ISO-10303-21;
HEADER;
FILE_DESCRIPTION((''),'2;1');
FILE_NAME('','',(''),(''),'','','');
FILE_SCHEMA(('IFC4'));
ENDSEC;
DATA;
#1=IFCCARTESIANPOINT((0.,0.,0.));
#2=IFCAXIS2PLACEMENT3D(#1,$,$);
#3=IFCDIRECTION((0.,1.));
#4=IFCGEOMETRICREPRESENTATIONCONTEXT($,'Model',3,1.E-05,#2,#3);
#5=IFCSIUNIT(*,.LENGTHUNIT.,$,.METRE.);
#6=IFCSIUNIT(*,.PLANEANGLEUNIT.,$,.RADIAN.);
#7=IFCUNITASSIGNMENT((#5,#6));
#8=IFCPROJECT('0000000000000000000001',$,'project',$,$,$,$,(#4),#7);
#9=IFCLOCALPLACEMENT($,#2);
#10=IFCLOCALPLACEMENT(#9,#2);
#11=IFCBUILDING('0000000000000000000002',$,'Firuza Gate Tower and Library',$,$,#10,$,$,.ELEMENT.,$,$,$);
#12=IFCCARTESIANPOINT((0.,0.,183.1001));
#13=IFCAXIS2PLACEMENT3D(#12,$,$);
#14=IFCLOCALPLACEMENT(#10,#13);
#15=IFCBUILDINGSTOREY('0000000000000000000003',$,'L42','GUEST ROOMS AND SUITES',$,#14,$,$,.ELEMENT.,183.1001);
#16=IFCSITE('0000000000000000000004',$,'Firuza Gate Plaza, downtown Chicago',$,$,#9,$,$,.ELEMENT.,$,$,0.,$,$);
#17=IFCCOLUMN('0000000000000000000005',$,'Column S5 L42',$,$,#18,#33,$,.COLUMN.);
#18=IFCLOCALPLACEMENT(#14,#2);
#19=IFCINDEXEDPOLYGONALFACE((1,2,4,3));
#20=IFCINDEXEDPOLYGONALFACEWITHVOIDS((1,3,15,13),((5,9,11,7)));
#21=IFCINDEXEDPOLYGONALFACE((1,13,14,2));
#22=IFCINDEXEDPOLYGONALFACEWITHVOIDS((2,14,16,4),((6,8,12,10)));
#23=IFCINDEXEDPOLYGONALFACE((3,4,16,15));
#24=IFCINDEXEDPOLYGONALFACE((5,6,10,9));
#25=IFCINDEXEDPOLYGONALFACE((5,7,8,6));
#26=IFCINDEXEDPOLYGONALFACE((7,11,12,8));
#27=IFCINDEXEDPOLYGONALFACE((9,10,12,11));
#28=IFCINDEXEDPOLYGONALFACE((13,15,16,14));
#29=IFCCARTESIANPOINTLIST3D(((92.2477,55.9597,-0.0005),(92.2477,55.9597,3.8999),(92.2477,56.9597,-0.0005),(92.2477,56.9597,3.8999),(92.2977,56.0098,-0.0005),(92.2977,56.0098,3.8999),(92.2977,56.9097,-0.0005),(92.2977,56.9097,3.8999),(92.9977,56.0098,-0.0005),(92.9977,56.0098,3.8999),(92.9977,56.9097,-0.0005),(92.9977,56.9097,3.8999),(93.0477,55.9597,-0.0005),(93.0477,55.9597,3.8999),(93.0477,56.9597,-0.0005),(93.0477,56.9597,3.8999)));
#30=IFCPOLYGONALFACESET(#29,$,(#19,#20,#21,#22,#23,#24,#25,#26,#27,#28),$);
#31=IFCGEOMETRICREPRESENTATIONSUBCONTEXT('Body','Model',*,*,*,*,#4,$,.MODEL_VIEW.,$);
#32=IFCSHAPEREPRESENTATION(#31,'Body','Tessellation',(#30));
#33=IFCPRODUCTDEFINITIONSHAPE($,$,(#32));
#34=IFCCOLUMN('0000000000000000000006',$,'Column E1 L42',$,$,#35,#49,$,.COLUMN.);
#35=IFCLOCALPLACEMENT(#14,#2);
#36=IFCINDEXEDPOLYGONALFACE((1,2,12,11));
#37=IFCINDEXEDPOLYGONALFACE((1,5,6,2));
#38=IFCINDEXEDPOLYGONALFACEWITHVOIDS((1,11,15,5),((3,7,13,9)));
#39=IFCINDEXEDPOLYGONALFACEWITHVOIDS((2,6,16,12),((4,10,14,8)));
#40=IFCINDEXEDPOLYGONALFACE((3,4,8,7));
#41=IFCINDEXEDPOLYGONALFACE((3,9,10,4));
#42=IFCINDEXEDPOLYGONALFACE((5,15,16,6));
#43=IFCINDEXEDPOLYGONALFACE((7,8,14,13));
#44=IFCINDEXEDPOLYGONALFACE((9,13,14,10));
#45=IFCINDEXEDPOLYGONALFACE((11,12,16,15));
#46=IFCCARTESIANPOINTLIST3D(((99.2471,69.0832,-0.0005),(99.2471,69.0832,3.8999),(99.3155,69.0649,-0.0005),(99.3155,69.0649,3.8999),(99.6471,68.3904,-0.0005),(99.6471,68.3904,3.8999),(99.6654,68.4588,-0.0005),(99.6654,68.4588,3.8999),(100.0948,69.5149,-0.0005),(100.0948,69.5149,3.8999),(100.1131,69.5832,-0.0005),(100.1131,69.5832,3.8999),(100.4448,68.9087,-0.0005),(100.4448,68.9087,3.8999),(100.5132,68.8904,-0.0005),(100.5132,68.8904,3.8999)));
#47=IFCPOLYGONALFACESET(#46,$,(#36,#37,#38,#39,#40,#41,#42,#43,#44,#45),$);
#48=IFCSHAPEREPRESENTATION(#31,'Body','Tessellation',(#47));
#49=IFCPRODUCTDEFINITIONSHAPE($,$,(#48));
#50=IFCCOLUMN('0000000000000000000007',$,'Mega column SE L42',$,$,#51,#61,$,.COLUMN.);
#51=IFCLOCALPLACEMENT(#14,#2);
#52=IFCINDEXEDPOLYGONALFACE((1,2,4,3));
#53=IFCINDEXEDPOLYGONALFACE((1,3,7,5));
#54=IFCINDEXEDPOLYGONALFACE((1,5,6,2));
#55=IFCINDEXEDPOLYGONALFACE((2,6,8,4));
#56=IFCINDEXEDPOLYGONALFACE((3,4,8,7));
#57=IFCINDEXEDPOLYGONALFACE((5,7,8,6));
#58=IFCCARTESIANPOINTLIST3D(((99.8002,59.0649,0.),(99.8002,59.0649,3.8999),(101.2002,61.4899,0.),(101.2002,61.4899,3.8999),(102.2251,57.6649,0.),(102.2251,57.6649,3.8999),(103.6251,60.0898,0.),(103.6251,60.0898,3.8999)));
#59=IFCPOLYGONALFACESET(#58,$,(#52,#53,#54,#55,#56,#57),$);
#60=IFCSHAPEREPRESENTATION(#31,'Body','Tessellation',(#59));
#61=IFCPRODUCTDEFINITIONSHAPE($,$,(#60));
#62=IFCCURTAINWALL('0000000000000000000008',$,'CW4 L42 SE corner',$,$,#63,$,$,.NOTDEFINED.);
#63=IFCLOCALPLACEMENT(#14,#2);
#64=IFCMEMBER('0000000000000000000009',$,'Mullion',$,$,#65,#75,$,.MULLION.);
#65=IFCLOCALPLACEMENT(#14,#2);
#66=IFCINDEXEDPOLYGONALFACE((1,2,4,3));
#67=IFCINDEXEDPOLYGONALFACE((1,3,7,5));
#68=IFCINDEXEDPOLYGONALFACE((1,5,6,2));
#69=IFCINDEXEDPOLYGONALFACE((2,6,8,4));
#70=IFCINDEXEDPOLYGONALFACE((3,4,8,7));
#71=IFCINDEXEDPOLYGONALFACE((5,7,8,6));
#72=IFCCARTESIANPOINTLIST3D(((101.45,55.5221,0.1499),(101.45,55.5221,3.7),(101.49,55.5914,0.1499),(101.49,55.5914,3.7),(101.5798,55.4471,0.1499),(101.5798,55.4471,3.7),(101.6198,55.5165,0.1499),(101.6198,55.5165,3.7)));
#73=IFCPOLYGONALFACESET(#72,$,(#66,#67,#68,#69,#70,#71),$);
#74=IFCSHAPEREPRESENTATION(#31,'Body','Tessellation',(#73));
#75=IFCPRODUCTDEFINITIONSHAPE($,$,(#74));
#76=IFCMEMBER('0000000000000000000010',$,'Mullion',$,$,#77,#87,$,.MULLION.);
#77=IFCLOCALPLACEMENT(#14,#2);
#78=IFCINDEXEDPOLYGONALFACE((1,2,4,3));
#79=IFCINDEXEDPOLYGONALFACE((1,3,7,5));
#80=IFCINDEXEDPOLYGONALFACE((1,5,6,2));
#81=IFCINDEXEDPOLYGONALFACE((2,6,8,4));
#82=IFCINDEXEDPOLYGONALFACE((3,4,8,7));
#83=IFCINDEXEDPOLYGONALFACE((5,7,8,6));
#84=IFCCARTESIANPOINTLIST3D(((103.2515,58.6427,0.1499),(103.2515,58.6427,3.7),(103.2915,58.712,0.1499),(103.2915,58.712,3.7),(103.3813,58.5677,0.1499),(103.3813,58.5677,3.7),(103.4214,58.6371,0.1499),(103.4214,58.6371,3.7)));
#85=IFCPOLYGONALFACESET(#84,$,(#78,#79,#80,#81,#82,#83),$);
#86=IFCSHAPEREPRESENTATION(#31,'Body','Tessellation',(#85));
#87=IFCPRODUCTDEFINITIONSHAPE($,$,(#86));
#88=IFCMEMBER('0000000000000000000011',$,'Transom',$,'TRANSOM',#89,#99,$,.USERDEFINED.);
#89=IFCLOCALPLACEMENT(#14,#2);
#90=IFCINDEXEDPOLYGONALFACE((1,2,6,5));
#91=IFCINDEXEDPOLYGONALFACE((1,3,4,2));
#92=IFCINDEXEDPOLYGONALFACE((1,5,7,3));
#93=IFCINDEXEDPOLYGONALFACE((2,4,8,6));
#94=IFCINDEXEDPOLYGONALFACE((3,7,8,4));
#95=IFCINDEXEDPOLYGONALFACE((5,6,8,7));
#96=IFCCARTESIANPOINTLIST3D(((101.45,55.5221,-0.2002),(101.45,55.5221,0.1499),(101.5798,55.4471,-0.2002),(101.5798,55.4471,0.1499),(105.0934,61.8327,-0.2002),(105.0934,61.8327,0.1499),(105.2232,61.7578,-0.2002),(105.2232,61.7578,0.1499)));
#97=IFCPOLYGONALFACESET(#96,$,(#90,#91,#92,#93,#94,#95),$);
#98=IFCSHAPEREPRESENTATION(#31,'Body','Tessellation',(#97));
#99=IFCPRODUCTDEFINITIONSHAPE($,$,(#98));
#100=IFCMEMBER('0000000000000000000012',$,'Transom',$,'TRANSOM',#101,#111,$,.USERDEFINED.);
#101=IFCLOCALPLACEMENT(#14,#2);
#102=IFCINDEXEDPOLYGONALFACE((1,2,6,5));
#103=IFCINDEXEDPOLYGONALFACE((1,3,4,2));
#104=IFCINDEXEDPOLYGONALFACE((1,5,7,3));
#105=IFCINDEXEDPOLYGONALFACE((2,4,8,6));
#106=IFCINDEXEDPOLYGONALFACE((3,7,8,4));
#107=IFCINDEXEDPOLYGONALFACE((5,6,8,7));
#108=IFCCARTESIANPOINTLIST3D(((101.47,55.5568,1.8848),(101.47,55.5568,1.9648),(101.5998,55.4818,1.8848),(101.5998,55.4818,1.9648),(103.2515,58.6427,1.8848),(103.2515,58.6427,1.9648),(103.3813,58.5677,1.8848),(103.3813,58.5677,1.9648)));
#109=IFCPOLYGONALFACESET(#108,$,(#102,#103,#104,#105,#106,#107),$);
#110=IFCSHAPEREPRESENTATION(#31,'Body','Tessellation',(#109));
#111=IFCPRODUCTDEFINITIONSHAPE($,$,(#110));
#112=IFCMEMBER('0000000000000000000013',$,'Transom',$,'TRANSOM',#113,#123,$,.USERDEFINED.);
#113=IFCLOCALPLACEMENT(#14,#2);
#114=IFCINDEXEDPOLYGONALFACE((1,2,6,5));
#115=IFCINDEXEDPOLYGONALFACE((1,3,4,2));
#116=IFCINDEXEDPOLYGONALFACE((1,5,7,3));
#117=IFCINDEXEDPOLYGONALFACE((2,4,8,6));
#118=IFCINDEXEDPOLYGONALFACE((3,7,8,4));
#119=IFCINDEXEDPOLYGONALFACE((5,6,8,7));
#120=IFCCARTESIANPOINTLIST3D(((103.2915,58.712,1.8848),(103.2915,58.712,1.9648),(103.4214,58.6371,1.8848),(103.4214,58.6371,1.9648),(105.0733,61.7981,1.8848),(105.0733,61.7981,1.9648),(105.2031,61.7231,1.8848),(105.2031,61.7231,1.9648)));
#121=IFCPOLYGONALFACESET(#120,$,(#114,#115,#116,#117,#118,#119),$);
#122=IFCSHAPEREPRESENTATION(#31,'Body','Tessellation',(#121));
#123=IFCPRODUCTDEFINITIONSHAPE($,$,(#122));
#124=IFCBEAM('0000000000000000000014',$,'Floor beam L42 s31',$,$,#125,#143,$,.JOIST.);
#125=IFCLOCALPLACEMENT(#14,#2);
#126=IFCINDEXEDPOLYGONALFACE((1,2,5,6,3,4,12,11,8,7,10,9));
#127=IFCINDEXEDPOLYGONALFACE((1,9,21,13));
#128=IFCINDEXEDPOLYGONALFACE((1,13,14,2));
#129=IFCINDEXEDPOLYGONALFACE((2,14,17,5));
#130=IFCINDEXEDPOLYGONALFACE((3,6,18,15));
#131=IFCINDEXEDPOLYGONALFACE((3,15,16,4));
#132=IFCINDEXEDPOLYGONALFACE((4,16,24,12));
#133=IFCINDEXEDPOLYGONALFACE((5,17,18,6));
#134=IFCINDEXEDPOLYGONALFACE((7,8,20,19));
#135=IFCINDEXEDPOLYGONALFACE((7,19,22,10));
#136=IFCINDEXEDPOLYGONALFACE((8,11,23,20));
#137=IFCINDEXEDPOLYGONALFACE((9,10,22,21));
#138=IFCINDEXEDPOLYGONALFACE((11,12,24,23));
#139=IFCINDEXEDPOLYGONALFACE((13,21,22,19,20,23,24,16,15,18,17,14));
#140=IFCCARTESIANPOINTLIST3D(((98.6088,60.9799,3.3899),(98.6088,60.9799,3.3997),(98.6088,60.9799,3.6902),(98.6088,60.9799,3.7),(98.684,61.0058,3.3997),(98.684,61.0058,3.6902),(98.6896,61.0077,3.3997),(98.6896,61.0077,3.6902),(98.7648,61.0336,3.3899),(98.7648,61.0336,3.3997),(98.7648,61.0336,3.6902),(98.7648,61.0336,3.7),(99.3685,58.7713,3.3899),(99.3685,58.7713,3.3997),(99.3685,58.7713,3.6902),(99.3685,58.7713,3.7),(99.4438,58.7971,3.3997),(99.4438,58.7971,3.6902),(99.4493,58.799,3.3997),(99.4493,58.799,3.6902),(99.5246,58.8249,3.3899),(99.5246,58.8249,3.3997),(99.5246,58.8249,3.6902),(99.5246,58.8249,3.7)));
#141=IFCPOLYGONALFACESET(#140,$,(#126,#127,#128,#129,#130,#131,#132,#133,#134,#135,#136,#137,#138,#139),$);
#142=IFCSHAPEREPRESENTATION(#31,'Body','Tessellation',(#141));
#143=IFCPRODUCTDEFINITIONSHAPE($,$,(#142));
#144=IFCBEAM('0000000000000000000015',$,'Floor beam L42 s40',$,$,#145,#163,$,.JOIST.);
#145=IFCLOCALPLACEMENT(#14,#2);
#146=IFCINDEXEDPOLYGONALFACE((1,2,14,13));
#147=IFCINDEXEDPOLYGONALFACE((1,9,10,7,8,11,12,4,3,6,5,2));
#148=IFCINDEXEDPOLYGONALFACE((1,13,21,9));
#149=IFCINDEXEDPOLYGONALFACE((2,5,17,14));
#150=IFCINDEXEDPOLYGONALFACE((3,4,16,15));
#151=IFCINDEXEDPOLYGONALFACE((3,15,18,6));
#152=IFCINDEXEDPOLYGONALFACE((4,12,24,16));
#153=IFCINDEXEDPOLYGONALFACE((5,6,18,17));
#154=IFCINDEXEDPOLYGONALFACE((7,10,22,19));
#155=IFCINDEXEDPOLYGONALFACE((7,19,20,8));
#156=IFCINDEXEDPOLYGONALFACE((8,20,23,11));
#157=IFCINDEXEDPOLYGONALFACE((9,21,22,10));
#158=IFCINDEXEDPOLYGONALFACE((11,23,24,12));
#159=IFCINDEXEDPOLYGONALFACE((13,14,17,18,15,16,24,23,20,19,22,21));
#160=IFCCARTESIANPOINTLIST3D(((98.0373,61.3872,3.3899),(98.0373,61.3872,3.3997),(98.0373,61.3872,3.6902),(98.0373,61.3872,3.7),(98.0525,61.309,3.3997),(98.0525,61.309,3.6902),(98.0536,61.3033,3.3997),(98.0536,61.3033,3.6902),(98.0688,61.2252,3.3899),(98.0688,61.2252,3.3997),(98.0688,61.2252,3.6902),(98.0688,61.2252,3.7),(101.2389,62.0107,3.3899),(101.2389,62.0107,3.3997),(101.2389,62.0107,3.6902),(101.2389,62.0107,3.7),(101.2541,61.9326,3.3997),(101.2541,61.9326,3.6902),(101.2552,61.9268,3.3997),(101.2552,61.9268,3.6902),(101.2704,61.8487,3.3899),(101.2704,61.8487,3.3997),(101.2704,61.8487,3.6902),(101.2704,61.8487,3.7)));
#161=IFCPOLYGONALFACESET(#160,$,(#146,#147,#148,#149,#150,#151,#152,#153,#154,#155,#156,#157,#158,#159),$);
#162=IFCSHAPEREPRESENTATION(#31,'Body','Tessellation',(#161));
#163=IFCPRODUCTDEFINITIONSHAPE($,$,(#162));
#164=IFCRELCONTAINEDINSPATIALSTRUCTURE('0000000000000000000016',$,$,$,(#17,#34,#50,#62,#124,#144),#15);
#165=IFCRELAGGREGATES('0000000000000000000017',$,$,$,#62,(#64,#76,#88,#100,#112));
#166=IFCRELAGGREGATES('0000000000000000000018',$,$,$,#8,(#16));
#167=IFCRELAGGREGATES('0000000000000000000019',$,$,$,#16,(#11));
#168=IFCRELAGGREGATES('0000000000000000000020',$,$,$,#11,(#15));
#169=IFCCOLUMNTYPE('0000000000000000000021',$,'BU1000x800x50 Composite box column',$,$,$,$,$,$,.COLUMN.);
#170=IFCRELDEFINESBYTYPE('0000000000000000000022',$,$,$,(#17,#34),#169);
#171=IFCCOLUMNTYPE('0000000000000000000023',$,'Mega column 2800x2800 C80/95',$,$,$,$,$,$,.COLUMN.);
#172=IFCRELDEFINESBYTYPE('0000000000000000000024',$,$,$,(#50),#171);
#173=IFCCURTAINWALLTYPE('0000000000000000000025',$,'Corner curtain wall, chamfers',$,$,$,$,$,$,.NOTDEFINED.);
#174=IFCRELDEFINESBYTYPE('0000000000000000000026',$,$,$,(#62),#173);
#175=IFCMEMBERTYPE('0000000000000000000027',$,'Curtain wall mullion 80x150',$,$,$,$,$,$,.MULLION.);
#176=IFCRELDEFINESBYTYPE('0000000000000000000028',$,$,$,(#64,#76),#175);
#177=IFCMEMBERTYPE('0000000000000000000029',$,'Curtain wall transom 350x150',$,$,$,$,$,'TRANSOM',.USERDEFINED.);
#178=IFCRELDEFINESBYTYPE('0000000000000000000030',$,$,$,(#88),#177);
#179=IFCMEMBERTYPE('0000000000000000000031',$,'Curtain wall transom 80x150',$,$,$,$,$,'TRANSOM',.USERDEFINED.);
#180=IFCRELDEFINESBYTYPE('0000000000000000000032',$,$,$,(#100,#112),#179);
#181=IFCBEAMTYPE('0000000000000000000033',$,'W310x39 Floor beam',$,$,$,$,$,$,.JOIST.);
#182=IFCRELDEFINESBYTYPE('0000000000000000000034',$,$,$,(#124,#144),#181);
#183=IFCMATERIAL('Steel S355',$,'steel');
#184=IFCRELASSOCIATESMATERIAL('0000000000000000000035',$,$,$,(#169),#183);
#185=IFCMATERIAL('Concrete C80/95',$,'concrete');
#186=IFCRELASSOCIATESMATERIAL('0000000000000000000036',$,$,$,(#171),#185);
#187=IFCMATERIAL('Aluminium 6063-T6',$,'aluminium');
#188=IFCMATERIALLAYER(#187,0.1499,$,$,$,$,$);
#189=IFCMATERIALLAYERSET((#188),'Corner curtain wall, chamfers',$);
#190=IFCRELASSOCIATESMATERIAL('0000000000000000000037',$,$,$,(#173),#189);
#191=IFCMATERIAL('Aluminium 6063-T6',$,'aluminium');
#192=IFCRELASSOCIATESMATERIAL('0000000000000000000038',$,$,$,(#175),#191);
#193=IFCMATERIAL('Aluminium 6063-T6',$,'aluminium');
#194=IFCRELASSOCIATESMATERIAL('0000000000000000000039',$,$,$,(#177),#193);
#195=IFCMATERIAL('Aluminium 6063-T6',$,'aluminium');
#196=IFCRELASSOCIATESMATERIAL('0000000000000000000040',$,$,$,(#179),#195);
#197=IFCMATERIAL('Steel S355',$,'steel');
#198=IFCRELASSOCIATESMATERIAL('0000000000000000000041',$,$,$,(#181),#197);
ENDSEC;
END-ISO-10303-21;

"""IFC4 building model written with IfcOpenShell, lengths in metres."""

from ifc_helpers import new_model, si_unit, direction, frame, origin, origin_2d, place, context, subcontext, project, spatial, rectangle, hollow_rectangle, i_section, extrude, material, layer, layer_set, material_profile, profile_set, type_object, element, aggregate, save


model = new_model("IFC4")

# Units and contexts
model_context = context("Model", 3, precision=1e-05, world=origin(), true_north=direction((0.0, 1.0)))
body_context = subcontext(model_context, "Body", "Model", "MODEL_VIEW")
ifc_project = project(units=[si_unit("LENGTHUNIT", "METRE"), si_unit("PLANEANGLEUNIT", "RADIAN")], contexts=[model_context])

# Site, building, storey
site_placement = place(None, origin())
site = spatial("IfcSite", under=ifc_project, at=site_placement, Name="Firuza Gate Plaza, downtown Chicago", CompositionType="ELEMENT", RefElevation=0.0)
building_placement = place(site_placement, origin())
building = spatial("IfcBuilding", under=site, at=building_placement, Name="Firuza Gate Tower and Library", CompositionType="ELEMENT")
storey_placement = place(building_placement, frame((0.0, 0.0, 183.1001)))
storey = spatial("IfcBuildingStorey", under=building, at=storey_placement, Name="L42", Description="GUEST ROOMS AND SUITES", CompositionType="ELEMENT", Elevation=183.1001)

# Columns
ifc_material_1 = material(Name="Steel S355", Category="steel")
ifc_material_profile_1 = material_profile(ifc_material_1, hollow_rectangle(XDim=0.8, YDim=1.0, WallThickness=0.05, at=origin_2d()))
ifc_profile_set_1 = profile_set([ifc_material_profile_1], Name="Steel S355")
column_type_1 = type_object("IfcColumnType", Name="BU1000x800x50 Composite box column", PredefinedType="COLUMN", material=ifc_profile_set_1)
for number, where, z_axis, x_axis, name in (
    (1, (92.6477, 56.4597, -0.0005), (0.0, 0.0, 1.0), (1.0, 0.0, 0.0), "Column S5 L42"),
    (2, (99.8801, 68.9868, -0.0005), (0.0, 0.0, 1.0), (-0.5, 0.866025, 0.0), "Column E1 L42"),
):
    element("IfcColumn", number, at=place(storey_placement, frame(where, z_axis=z_axis, x_axis=x_axis)), inside=storey, type_object=column_type_1, Name=name, PredefinedType="COLUMN", context=body_context, shape_type="SweptSolid", body=[
        extrude(hollow_rectangle(XDim=0.8, YDim=1.0, WallThickness=0.05, at=origin_2d()), origin(), (0.0, 0.0, 1.0), 3.9004),
    ])
ifc_material_2 = material(Name="Concrete C80/95", Category="concrete")
ifc_material_profile_2 = material_profile(ifc_material_2, rectangle(XDim=2.8, YDim=2.8, at=origin_2d()))
ifc_profile_set_2 = profile_set([ifc_material_profile_2], Name="Concrete C80/95")
column_type_2 = type_object("IfcColumnType", Name="Mega column 2800x2800 C80/95", PredefinedType="COLUMN", material=ifc_profile_set_2)
column_placement = place(storey_placement, frame((101.7126, 59.5774, 0.0), z_axis=(0.0, 0.0, 1.0), x_axis=(0.5, 0.866025, 0.0)))
element("IfcColumn", 3, at=column_placement, inside=storey, type_object=column_type_2, Name="Mega column SE L42", PredefinedType="COLUMN", context=body_context, shape_type="SweptSolid", body=[
    extrude(rectangle(XDim=2.8, YDim=2.8, at=origin_2d()), origin(), (0.0, 0.0, 1.0), 3.8999),
])

# Curtain wall, members
ifc_material_3 = material(Name="Aluminium 6063-T6", Category="aluminium")
ifc_layer_1 = layer(ifc_material_3, 0.1499)
ifc_layer_set_1 = layer_set([ifc_layer_1], Name="Corner curtain wall, chamfers")
curtain_wall_type = type_object("IfcCurtainWallType", Name="Corner curtain wall, chamfers", PredefinedType="NOTDEFINED", material=ifc_layer_set_1)
curtain_wall_placement = place(storey_placement, origin())
curtain_wall = element("IfcCurtainWall", 4, at=curtain_wall_placement, inside=storey, type_object=curtain_wall_type, Name="CW4 L42 SE corner", PredefinedType="NOTDEFINED")
ifc_material_4 = material(Name="Aluminium 6063-T6", Category="aluminium")
ifc_material_profile_3 = material_profile(ifc_material_4, rectangle(XDim=0.1499, YDim=0.0801, at=origin_2d()))
ifc_profile_set_3 = profile_set([ifc_material_profile_3], Name="Aluminium 6063-T6")
member_type_1 = type_object("IfcMemberType", Name="Curtain wall mullion 80x150", PredefinedType="MULLION", material=ifc_profile_set_3)
member_1_placement = place(storey_placement, frame((101.5349, 55.5193, 0.1499), z_axis=(0.0, 0.0, 1.0), x_axis=(-0.866025, 0.5, 0.0)))
member_1 = element("IfcMember", 5, at=member_1_placement, type_object=member_type_1, Name="Mullion", PredefinedType="MULLION", context=body_context, shape_type="SweptSolid", body=[
    extrude(rectangle(XDim=0.1499, YDim=0.0801, at=origin_2d()), origin(), (0.0, 0.0, 1.0), 3.55),
])
member_2_placement = place(storey_placement, frame((103.3364, 58.6399, 0.1499), z_axis=(0.0, 0.0, 1.0), x_axis=(-0.866025, 0.5, 0.0)))
member_2 = element("IfcMember", 6, at=member_2_placement, type_object=member_type_1, Name="Mullion", PredefinedType="MULLION", context=body_context, shape_type="SweptSolid", body=[
    extrude(rectangle(XDim=0.1499, YDim=0.0801, at=origin_2d()), origin(), (0.0, 0.0, 1.0), 3.55),
])
ifc_material_5 = material(Name="Aluminium 6063-T6", Category="aluminium")
ifc_material_profile_4 = material_profile(ifc_material_5, rectangle(XDim=0.1499, YDim=0.3501, at=origin_2d()))
ifc_profile_set_4 = profile_set([ifc_material_profile_4], Name="Aluminium 6063-T6")
member_type_2 = type_object("IfcMemberType", Name="Curtain wall transom 350x150", ElementType="TRANSOM", PredefinedType="USERDEFINED", material=ifc_profile_set_4)
member_3_placement = place(storey_placement, frame((101.5149, 55.4846, -0.0251), z_axis=(0.499991, 0.86603, 0.0), x_axis=(-0.86603, 0.499991, 0.0)))
member_3 = element("IfcMember", 7, at=member_3_placement, type_object=member_type_2, Name="Transom", ObjectType="TRANSOM", PredefinedType="USERDEFINED", context=body_context, shape_type="SweptSolid", body=[
    extrude(rectangle(XDim=0.1499, YDim=0.3501, at=origin_2d()), origin(), (0.0, 0.0, 1.0), 7.2869),
])
ifc_material_6 = material(Name="Aluminium 6063-T6", Category="aluminium")
ifc_material_profile_5 = material_profile(ifc_material_6, rectangle(XDim=0.1499, YDim=0.0801, at=origin_2d()))
ifc_profile_set_5 = profile_set([ifc_material_profile_5], Name="Aluminium 6063-T6")
member_type_3 = type_object("IfcMemberType", Name="Curtain wall transom 80x150", ElementType="TRANSOM", PredefinedType="USERDEFINED", material=ifc_profile_set_5)
member_4_placement = place(storey_placement, frame((101.5349, 55.5193, 1.9248), z_axis=(0.499964, 0.866046, 0.0), x_axis=(-0.866046, 0.499964, 0.0)))
member_4 = element("IfcMember", 8, at=member_4_placement, type_object=member_type_3, Name="Transom", ObjectType="TRANSOM", PredefinedType="USERDEFINED", context=body_context, shape_type="SweptSolid", body=[
    extrude(rectangle(XDim=0.1499, YDim=0.0801, at=origin_2d()), origin(), (0.0, 0.0, 1.0), 3.5632),
])
member_5_placement = place(storey_placement, frame((103.3564, 58.6746, 1.9248), z_axis=(0.500015, 0.866017, 0.0), x_axis=(-0.866017, 0.500015, 0.0)))
member_5 = element("IfcMember", 9, at=member_5_placement, type_object=member_type_3, Name="Transom", ObjectType="TRANSOM", PredefinedType="USERDEFINED", context=body_context, shape_type="SweptSolid", body=[
    extrude(rectangle(XDim=0.1499, YDim=0.0801, at=origin_2d()), origin(), (0.0, 0.0, 1.0), 3.5635),
])

# Beams
ifc_material_7 = material(Name="Steel S355", Category="steel")
ifc_material_profile_6 = material_profile(ifc_material_7, i_section(OverallWidth=0.165, OverallDepth=0.3101, WebThickness=0.0059, FlangeThickness=0.0098, at=origin_2d()))
ifc_profile_set_6 = profile_set([ifc_material_profile_6], Name="Steel S355")
beam_type_1 = type_object("IfcBeamType", Name="W310x39 Floor beam", PredefinedType="JOIST", material=ifc_profile_set_6)
beam_1_placement = place(storey_placement, frame((99.4465, 58.7981, 3.5449), z_axis=(-0.325275, 0.945619, 0.0), x_axis=(-0.945619, -0.325275, 0.0)))
element("IfcBeam", 10, at=beam_1_placement, inside=storey, type_object=beam_type_1, Name="Floor beam L42 s31", PredefinedType="JOIST", context=body_context, shape_type="SweptSolid", body=[
    extrude(i_section(OverallWidth=0.165, OverallDepth=0.3101, WebThickness=0.0059, FlangeThickness=0.0098, at=origin_2d()), origin(), (0.0, 0.0, 1.0), 2.3357),
])
beam_2_placement = place(storey_placement, frame((101.2546, 61.9297, 3.5449), z_axis=(-0.981558, -0.191162, 0.0), x_axis=(0.191162, -0.981558, 0.0)))
element("IfcBeam", 11, at=beam_2_placement, inside=storey, type_object=beam_type_1, Name="Floor beam L42 s40", PredefinedType="JOIST", context=body_context, shape_type="SweptSolid", body=[
    extrude(i_section(OverallWidth=0.165, OverallDepth=0.3101, WebThickness=0.0059, FlangeThickness=0.0098, at=origin_2d()), origin(), (0.0, 0.0, 1.0), 3.2617),
])

aggregate(curtain_wall, [member_1, member_2, member_3, member_4, member_5])

save(model, "model.ifc")
